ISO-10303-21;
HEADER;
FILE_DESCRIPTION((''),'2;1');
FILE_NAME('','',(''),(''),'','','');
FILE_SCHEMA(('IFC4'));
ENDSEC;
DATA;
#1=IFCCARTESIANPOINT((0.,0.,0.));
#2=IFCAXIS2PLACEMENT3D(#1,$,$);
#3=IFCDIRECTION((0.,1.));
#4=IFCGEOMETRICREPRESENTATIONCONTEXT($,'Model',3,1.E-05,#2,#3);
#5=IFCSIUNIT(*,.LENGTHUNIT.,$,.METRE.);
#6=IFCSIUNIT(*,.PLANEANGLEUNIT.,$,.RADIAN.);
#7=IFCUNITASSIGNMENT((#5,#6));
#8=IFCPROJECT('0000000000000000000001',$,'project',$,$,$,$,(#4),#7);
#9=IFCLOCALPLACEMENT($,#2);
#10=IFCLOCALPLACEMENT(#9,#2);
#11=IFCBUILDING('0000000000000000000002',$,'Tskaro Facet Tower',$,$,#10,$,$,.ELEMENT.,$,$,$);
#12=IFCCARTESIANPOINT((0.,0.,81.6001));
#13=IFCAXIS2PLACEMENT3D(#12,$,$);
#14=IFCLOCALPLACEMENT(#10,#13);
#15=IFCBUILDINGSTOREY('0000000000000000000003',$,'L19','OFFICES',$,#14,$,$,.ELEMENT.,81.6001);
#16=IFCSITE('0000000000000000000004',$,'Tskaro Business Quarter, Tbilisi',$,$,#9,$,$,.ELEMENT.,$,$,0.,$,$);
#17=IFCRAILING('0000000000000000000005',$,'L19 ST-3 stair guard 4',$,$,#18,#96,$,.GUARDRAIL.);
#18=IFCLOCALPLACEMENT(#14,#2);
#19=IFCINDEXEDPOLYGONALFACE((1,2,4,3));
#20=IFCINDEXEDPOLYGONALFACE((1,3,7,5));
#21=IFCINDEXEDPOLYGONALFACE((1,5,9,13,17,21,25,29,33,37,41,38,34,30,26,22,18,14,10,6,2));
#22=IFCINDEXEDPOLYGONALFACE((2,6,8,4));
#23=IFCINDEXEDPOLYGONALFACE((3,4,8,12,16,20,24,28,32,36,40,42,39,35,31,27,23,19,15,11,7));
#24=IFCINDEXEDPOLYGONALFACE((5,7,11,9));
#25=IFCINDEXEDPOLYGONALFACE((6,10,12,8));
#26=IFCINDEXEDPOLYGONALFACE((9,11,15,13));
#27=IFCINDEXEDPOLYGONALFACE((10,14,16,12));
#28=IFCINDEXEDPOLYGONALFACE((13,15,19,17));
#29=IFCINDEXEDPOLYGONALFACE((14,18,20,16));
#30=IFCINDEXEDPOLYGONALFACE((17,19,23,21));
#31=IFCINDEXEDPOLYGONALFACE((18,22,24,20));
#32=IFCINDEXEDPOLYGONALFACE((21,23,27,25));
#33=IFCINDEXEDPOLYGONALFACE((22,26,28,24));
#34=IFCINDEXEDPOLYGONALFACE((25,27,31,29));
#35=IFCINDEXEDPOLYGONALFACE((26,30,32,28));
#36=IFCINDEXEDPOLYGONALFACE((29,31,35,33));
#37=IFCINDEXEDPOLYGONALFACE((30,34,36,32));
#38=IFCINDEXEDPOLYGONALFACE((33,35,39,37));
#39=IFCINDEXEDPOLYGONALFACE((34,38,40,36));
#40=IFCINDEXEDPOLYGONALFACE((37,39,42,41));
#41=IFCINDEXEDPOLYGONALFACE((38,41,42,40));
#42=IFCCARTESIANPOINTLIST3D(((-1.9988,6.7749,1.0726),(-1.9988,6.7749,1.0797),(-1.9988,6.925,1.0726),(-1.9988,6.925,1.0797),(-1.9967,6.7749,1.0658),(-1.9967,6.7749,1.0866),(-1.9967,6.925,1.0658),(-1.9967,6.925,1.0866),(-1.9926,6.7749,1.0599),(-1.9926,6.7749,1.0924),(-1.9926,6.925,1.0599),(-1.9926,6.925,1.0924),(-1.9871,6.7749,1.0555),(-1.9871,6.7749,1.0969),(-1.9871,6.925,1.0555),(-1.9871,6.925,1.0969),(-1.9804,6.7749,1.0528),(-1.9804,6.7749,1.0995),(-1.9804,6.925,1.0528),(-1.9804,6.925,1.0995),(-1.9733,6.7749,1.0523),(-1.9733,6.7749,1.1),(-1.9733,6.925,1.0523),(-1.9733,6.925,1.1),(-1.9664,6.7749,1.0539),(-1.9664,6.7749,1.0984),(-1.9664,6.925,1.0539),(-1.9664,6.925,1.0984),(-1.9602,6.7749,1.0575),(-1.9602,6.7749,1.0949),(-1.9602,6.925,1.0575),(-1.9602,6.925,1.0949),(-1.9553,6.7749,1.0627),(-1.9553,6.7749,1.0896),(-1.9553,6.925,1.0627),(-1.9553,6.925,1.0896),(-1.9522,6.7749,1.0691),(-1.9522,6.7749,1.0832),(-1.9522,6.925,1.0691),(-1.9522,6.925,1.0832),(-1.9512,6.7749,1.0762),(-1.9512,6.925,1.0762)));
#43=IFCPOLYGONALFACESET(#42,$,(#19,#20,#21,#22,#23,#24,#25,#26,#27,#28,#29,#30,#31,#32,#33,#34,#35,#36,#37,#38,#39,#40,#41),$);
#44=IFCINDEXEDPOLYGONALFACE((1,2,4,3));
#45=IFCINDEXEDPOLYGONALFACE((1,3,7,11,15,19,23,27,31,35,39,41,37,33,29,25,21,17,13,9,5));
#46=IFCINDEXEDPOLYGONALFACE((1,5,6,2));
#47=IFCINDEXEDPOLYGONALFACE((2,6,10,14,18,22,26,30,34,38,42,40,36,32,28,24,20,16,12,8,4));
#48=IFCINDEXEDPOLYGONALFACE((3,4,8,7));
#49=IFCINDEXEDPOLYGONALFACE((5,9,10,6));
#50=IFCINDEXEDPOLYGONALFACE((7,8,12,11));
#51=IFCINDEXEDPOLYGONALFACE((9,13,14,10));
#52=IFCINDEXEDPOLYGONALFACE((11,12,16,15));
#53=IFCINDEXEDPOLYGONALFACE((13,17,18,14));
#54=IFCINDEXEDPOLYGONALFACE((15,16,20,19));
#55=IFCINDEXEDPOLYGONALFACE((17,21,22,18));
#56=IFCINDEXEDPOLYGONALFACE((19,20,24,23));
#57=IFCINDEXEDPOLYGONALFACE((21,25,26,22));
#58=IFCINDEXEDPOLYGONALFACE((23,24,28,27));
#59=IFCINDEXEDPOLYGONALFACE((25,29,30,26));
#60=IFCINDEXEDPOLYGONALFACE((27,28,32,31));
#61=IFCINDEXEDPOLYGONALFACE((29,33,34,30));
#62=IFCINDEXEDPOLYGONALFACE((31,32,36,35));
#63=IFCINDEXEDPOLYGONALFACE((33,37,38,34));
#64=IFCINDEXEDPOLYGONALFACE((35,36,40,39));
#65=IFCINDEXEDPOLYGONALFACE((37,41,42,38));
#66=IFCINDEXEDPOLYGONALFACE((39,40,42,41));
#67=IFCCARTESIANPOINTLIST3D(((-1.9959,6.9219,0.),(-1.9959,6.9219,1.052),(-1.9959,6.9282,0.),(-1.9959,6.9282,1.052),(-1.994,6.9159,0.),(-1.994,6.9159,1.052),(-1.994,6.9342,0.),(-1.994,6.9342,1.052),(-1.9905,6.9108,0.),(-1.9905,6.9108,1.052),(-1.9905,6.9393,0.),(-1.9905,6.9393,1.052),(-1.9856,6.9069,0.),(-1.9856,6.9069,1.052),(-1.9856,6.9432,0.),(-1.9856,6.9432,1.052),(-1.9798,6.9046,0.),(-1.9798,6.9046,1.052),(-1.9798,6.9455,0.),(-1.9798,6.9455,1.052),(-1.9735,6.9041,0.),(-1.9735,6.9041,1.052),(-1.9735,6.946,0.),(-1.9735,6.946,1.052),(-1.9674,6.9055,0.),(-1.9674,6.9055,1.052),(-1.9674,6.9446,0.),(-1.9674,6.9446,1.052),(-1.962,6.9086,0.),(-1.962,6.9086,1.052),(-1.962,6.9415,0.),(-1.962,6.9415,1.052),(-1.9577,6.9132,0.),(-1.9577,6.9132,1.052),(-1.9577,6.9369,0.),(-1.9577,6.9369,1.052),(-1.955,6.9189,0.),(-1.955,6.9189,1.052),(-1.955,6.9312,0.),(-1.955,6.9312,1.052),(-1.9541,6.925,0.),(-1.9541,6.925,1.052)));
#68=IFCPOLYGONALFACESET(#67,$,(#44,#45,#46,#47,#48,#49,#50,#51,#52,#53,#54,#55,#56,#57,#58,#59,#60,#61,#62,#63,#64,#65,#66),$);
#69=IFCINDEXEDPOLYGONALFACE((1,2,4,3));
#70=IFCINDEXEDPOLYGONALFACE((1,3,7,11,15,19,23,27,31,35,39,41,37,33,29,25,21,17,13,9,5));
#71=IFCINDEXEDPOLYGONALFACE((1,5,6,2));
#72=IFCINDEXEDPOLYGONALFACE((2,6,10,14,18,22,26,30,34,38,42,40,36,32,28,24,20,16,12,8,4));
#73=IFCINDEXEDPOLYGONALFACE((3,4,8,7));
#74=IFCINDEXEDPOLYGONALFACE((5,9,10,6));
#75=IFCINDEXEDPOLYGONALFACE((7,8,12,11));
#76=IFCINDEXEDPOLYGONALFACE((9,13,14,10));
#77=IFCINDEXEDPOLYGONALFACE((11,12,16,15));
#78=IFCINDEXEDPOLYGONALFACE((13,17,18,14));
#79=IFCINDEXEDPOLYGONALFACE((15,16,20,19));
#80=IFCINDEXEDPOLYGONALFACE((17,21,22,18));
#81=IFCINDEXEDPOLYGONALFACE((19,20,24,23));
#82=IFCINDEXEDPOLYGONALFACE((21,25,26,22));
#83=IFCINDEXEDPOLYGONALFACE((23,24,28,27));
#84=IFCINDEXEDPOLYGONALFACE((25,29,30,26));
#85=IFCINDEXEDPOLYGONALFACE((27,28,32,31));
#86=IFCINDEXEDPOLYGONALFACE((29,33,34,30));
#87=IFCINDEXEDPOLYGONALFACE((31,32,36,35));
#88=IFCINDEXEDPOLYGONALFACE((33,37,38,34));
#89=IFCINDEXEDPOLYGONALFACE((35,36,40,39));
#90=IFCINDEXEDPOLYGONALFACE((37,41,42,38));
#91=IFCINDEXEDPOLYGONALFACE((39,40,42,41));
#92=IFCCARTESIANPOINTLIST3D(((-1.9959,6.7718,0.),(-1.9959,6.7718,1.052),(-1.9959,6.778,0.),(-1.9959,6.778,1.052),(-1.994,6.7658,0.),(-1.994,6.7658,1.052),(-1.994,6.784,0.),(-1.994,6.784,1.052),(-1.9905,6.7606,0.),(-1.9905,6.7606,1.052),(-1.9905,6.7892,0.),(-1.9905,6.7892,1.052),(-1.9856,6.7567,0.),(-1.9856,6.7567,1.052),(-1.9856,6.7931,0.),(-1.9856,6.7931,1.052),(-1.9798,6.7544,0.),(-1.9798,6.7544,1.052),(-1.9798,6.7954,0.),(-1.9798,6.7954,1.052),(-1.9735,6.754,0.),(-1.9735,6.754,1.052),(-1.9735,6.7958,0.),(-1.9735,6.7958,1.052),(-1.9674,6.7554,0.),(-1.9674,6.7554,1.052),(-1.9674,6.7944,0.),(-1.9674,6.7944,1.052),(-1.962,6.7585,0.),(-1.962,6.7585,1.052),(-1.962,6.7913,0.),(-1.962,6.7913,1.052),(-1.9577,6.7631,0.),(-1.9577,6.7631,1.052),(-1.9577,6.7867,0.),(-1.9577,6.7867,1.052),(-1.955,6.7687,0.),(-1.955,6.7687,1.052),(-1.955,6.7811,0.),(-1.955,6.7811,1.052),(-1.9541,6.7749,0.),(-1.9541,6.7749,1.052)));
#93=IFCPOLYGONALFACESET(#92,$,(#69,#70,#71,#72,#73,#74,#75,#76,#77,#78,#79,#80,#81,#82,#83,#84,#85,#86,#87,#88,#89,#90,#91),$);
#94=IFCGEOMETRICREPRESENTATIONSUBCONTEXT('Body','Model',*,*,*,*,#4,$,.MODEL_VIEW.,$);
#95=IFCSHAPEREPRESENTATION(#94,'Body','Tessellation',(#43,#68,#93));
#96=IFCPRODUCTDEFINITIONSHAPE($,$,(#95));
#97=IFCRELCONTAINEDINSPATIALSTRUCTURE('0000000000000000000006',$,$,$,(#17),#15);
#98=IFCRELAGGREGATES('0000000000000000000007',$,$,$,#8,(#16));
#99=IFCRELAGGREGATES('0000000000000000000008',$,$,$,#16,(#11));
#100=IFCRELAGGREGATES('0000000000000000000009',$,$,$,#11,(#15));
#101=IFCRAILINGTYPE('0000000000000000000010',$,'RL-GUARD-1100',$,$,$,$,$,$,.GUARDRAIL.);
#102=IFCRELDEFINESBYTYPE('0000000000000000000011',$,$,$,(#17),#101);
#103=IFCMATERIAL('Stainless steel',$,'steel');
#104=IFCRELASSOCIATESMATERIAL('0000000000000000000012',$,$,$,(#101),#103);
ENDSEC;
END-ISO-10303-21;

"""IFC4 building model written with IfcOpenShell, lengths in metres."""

from ifc_helpers import new_model, si_unit, direction, frame, origin, origin_2d, place, context, subcontext, project, spatial, circle, extrude, material, type_object, element, save


model = new_model("IFC4")

# Units and contexts
model_context = context("Model", 3, precision=1e-05, world=origin(), true_north=direction((0.0, 1.0)))
body_context = subcontext(model_context, "Body", "Model", "MODEL_VIEW")
ifc_project = project(units=[si_unit("LENGTHUNIT", "METRE"), si_unit("PLANEANGLEUNIT", "RADIAN")], contexts=[model_context])

# Site, building, storey
site_placement = place(None, origin())
site = spatial("IfcSite", under=ifc_project, at=site_placement, Name="Tskaro Business Quarter, Tbilisi", CompositionType="ELEMENT", RefElevation=0.0)
building_placement = place(site_placement, origin())
building = spatial("IfcBuilding", under=site, at=building_placement, Name="Tskaro Facet Tower", CompositionType="ELEMENT")
storey_placement = place(building_placement, frame((0.0, 0.0, 81.6001)))
storey = spatial("IfcBuildingStorey", under=building, at=storey_placement, Name="L19", Description="OFFICES", CompositionType="ELEMENT", Elevation=81.6001)

# Railing
ifc_material_1 = material(Name="Stainless steel", Category="steel")
railing_type_1 = type_object("IfcRailingType", Name="RL-GUARD-1100", PredefinedType="GUARDRAIL", material=ifc_material_1)
railing_1_placement = place(storey_placement, frame((-1.9751, 6.925, 0.0)))
element("IfcRailing", 1, at=railing_1_placement, inside=storey, type_object=railing_type_1, Name="L19 ST-3 stair guard 4", PredefinedType="GUARDRAIL", context=body_context, shape_type="SweptSolid", body=[
    extrude(circle(Radius=0.0239, at=origin_2d()), frame((0.0, 0.0, 1.0762), z_axis=(0.0, -1.0, 0.0), x_axis=(1.0, 0.0, 0.0)), (0.0, 0.0, 1.0), 0.1501),
    extrude(circle(Radius=0.021, at=origin_2d()), origin(), (0.0, 0.0, 1.0), 1.052),
    extrude(circle(Radius=0.021, at=origin_2d()), frame((0.0, -0.1501, 0.0)), (0.0, 0.0, 1.0), 1.052),
])

save(model, "model.ifc")
